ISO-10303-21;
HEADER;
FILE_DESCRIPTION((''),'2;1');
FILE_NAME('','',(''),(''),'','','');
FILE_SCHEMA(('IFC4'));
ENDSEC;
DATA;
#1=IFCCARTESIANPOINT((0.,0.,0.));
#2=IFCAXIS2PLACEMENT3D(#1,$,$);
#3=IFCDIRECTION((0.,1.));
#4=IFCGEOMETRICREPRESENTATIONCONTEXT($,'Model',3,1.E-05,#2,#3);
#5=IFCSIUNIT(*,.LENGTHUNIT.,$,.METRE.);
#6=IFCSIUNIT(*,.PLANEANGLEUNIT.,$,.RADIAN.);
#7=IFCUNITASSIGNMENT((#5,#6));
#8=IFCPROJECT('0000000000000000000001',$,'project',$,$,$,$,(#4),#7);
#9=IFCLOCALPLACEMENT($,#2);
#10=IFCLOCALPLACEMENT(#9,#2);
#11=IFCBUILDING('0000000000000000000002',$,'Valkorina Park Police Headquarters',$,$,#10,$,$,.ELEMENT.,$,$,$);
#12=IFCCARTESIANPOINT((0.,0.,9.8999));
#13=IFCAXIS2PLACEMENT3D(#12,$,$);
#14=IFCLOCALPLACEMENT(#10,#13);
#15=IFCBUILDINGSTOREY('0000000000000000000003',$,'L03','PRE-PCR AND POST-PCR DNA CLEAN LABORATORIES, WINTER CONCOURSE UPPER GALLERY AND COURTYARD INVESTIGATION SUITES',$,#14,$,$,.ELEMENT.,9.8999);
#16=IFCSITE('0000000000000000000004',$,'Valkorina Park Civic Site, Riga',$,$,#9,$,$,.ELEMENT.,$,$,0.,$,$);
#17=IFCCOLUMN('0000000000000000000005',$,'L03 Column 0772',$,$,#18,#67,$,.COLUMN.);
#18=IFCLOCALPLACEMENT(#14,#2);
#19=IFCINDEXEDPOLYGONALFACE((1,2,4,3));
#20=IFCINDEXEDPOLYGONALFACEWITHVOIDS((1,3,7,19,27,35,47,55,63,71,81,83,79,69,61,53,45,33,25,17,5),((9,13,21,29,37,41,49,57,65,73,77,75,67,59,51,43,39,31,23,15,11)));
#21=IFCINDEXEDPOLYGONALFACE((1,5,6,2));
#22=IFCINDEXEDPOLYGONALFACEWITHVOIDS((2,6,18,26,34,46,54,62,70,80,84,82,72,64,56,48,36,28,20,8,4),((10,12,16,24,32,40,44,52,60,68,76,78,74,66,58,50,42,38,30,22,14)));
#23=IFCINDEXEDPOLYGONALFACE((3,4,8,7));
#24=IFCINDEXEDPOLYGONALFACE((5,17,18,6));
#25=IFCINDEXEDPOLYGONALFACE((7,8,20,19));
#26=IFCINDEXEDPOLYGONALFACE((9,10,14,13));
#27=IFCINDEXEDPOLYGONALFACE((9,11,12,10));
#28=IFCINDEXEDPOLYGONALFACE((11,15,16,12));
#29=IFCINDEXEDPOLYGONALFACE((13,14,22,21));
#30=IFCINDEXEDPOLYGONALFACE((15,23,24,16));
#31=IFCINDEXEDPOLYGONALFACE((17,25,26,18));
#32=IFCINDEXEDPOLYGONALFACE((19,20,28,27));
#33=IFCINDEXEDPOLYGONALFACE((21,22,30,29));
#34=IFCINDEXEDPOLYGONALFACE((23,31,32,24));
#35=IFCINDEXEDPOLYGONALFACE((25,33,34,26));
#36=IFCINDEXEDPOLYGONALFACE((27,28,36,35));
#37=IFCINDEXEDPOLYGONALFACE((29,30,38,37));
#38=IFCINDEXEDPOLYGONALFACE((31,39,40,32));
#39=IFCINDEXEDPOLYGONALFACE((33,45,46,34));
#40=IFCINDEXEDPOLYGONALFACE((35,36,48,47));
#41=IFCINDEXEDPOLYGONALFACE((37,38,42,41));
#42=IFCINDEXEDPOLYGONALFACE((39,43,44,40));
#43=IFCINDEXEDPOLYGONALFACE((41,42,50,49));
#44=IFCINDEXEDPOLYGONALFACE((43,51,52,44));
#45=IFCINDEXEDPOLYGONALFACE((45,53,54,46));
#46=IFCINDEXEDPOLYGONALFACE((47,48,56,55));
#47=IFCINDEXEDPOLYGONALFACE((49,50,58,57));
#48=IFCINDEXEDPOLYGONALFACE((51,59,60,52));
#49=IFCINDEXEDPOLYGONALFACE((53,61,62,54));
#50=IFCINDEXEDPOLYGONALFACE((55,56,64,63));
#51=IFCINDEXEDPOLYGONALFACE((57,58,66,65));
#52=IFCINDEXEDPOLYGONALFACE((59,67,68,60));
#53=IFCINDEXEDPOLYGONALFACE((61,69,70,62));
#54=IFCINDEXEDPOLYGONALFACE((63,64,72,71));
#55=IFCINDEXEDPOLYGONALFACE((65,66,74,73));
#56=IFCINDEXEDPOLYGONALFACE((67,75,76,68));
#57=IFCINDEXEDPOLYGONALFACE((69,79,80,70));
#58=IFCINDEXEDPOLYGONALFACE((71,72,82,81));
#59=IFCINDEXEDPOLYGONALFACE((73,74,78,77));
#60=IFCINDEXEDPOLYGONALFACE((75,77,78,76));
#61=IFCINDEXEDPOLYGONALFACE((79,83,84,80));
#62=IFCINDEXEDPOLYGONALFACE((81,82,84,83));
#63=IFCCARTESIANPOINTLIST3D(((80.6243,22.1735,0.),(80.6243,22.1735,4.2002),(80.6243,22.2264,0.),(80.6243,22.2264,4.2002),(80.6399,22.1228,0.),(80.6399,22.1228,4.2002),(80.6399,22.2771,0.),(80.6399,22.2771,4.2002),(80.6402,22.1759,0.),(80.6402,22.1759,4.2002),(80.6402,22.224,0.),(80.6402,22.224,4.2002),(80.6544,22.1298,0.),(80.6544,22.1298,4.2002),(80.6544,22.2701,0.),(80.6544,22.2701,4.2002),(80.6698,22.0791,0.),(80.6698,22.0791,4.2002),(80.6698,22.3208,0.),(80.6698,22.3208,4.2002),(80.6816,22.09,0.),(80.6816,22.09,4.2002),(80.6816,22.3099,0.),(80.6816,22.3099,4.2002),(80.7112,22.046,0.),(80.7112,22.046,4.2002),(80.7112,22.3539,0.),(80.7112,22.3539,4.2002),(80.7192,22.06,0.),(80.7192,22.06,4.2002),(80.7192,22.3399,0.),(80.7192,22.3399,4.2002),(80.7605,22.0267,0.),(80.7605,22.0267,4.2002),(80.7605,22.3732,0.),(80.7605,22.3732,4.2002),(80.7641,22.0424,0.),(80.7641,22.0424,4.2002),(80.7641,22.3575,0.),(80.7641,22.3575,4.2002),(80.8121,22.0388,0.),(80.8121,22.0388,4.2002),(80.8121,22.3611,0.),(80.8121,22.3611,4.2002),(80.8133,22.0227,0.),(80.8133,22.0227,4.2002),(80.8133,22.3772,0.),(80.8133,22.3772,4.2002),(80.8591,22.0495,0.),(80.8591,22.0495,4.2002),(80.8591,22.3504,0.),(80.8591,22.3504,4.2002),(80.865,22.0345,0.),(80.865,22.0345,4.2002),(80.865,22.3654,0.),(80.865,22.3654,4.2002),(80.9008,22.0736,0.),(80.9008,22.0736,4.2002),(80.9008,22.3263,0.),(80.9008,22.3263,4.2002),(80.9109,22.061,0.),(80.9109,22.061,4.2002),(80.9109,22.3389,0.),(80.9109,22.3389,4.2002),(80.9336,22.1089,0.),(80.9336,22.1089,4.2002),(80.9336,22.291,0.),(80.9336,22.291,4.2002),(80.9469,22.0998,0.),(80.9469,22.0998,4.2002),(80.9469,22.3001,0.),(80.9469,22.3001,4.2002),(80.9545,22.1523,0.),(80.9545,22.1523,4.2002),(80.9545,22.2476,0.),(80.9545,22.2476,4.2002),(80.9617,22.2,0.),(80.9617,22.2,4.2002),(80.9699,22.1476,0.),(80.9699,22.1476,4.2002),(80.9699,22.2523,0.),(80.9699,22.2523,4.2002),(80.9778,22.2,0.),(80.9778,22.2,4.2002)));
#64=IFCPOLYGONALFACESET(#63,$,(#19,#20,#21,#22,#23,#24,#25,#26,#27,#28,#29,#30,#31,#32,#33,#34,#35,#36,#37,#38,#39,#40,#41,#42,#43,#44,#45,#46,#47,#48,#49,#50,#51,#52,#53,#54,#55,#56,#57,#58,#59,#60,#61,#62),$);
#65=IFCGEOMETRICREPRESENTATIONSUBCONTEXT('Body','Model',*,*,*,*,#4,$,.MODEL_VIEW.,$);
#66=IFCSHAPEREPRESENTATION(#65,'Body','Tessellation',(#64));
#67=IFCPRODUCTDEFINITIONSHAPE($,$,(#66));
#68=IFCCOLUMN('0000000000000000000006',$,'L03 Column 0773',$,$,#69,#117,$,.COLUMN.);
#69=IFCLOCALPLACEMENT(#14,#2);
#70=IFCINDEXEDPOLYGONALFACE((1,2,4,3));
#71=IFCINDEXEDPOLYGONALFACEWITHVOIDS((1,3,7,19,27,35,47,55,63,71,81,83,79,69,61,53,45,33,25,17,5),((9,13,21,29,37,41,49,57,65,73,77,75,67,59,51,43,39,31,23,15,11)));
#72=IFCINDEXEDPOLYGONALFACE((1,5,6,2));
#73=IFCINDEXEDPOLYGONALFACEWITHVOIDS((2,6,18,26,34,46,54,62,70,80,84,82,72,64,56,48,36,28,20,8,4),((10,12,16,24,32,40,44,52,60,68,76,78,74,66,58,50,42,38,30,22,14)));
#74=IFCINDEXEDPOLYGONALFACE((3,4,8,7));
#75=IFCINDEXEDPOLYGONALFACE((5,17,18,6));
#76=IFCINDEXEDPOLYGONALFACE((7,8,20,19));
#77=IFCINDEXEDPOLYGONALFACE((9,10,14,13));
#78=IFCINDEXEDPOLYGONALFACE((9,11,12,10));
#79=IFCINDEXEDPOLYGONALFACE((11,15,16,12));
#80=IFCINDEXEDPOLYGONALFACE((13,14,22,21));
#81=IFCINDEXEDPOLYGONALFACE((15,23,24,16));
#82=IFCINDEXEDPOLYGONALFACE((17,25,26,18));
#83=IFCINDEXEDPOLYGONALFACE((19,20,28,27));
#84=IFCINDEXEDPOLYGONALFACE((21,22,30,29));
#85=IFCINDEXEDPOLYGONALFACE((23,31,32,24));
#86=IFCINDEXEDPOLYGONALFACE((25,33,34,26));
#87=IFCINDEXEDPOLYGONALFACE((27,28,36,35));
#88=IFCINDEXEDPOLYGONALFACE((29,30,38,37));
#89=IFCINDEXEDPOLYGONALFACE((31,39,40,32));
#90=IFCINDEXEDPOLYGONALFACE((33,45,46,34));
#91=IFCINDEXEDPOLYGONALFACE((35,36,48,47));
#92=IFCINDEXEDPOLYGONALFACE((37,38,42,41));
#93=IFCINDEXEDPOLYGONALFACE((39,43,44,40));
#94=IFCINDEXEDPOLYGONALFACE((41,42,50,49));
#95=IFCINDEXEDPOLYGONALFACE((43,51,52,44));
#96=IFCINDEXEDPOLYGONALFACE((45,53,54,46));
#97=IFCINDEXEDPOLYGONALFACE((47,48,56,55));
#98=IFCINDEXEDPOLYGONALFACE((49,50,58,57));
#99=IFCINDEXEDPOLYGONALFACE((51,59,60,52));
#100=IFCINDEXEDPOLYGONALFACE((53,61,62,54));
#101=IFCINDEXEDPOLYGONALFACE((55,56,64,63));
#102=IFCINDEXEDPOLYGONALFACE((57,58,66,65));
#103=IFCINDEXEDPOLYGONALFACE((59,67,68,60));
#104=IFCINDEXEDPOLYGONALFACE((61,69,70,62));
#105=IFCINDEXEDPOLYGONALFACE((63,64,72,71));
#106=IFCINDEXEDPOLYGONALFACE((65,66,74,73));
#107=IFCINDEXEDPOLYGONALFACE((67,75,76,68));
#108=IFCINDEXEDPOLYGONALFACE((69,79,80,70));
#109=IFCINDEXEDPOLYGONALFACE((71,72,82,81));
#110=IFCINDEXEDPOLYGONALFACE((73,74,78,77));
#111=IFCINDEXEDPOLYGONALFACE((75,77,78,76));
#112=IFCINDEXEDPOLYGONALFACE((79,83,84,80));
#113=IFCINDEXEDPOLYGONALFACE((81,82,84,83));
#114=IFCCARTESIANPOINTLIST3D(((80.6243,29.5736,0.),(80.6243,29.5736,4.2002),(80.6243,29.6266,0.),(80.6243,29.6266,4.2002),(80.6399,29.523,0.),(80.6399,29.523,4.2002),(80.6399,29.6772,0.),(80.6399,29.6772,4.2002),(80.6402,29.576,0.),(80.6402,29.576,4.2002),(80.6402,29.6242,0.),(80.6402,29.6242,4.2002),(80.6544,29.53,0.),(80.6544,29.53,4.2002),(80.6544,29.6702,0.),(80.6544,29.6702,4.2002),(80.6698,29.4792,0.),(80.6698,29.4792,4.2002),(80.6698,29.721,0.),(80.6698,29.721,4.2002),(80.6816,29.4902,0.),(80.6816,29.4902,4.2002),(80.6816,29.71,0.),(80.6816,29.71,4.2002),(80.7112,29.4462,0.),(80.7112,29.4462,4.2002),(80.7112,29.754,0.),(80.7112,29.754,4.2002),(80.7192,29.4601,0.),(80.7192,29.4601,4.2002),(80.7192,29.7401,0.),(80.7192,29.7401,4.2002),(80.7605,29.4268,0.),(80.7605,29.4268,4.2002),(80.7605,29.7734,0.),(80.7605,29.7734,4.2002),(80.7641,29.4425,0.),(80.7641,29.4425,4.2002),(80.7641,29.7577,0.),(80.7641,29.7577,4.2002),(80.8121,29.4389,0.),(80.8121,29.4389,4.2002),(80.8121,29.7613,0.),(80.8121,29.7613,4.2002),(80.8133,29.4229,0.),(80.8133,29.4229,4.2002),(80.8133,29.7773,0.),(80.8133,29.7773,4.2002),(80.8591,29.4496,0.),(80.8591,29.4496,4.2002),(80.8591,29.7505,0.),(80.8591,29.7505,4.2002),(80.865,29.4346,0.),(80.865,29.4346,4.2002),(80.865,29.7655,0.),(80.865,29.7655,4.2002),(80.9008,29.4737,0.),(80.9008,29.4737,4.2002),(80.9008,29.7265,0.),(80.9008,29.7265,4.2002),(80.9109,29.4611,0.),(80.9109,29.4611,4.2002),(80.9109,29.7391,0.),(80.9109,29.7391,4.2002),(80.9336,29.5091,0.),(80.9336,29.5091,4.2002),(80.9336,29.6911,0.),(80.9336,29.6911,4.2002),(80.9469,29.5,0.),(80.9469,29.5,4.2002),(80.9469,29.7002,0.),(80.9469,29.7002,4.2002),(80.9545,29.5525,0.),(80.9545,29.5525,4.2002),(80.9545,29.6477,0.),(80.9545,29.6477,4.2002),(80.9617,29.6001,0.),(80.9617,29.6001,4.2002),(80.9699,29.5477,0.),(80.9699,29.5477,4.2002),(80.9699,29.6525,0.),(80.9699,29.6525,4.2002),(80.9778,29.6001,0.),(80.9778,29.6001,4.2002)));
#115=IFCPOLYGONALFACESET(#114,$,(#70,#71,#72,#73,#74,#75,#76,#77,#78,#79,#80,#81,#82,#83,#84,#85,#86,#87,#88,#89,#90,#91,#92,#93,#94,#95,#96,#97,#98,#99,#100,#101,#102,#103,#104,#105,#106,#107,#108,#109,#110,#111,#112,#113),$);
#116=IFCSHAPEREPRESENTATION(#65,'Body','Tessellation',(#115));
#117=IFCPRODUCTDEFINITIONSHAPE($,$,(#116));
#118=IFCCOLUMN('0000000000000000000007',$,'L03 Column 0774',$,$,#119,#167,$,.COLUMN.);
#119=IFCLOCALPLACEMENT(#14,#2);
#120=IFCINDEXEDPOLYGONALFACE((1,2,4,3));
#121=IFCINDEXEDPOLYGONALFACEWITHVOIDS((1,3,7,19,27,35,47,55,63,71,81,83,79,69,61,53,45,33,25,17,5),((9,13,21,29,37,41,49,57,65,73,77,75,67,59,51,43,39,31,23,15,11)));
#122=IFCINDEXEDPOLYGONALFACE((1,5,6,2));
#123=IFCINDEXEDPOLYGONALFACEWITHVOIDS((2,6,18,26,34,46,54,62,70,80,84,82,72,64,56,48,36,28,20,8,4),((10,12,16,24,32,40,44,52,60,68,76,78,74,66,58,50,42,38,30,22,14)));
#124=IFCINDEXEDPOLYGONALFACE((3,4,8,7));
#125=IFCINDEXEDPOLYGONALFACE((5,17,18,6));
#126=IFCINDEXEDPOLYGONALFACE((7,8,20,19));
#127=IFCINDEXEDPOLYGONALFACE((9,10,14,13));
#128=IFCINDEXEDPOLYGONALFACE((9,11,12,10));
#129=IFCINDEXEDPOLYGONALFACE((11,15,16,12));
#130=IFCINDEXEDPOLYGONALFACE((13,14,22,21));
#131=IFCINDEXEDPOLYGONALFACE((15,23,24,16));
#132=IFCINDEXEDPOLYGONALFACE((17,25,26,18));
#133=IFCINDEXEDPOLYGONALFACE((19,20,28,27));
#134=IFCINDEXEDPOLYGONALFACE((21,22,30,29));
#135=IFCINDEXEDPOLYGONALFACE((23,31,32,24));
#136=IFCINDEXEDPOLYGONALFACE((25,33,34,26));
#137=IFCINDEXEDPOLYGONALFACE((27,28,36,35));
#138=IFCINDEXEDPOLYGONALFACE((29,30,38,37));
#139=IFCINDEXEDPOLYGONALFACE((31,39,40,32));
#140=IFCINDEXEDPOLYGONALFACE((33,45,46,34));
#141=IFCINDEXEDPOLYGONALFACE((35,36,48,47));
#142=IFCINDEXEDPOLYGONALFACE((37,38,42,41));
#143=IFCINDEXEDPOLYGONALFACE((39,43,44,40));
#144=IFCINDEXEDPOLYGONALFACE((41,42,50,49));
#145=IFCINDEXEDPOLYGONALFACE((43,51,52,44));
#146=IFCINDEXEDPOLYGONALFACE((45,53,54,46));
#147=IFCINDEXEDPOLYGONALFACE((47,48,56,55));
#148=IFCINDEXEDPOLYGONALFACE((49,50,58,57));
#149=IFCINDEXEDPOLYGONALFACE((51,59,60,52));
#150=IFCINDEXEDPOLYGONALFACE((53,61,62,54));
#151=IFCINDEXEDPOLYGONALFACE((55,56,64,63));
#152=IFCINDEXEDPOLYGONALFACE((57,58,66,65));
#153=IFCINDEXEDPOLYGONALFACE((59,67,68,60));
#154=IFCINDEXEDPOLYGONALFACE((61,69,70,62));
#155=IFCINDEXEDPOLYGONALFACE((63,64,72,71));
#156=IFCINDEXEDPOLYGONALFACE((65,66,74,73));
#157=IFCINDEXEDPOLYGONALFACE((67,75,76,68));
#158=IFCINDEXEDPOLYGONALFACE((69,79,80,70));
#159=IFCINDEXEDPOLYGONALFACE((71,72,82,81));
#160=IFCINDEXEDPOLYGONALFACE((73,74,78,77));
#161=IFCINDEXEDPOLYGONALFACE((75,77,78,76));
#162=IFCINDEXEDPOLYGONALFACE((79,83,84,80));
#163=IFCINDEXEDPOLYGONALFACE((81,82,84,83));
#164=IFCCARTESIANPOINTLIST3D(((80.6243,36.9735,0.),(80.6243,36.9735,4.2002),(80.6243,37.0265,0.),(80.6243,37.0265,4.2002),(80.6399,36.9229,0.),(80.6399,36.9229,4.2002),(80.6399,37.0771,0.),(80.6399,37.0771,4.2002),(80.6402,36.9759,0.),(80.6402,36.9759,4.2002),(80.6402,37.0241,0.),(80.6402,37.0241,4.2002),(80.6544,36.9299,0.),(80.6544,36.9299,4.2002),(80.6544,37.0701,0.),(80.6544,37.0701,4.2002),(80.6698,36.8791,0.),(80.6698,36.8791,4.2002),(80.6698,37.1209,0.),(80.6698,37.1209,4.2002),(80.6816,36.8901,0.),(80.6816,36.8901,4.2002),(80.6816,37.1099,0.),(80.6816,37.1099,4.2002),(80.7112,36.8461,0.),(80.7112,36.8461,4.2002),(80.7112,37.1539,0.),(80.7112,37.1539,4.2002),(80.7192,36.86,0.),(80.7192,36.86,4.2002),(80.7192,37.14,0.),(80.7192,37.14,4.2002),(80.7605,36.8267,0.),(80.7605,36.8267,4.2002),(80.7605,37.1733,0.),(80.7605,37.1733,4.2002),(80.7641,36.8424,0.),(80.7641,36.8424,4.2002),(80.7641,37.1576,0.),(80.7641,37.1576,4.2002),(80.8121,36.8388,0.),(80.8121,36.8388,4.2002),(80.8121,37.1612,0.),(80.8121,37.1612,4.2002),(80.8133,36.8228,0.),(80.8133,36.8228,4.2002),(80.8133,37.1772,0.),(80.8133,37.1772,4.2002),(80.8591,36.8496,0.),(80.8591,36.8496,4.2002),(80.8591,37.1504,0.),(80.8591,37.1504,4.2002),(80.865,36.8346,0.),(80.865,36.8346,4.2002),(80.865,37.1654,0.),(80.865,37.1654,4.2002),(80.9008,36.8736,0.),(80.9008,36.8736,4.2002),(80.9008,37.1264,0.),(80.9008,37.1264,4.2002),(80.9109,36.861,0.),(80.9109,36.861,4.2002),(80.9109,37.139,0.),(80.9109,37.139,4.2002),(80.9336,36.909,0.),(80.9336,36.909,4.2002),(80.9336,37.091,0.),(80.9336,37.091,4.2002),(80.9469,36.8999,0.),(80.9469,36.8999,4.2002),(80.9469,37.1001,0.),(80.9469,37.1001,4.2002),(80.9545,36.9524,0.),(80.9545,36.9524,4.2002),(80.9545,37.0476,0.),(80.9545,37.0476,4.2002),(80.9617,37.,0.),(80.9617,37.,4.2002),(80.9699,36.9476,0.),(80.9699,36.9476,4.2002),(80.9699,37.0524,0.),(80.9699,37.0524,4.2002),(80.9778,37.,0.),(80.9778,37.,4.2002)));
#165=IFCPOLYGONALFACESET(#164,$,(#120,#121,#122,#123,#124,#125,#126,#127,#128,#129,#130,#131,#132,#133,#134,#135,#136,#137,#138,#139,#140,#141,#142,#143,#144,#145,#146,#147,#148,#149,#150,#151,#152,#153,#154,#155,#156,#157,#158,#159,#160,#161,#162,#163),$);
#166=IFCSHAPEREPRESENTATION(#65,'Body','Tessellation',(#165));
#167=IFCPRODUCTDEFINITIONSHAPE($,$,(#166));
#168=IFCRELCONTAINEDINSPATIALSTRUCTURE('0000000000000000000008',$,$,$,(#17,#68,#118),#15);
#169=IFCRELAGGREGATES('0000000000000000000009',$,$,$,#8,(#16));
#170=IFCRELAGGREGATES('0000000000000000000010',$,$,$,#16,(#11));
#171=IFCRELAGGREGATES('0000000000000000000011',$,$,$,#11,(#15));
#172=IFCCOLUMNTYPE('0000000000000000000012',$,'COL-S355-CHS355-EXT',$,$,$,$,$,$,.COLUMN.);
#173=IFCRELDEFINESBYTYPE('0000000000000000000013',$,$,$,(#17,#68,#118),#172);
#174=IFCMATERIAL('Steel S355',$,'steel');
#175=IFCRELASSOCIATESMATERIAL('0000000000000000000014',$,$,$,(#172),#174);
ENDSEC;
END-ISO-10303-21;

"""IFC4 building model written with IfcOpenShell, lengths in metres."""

from ifc_helpers import new_model, si_unit, direction, frame, origin, origin_2d, place, context, subcontext, project, spatial, hollow_circle, extrude, material, material_profile, profile_set, type_object, element, save


model = new_model("IFC4")

# Units and contexts
model_context = context("Model", 3, precision=1e-05, world=origin(), true_north=direction((0.0, 1.0)))
body_context = subcontext(model_context, "Body", "Model", "MODEL_VIEW")
ifc_project = project(units=[si_unit("LENGTHUNIT", "METRE"), si_unit("PLANEANGLEUNIT", "RADIAN")], contexts=[model_context])

# Site, building, storey
site_placement = place(None, origin())
site = spatial("IfcSite", under=ifc_project, at=site_placement, Name="Valkorina Park Civic Site, Riga", CompositionType="ELEMENT", RefElevation=0.0)
building_placement = place(site_placement, origin())
building = spatial("IfcBuilding", under=site, at=building_placement, Name="Valkorina Park Police Headquarters", CompositionType="ELEMENT")
storey_placement = place(building_placement, frame((0.0, 0.0, 9.8999)))
storey = spatial("IfcBuildingStorey", under=building, at=storey_placement, Name="L03", Description="PRE-PCR AND POST-PCR DNA CLEAN LABORATORIES, WINTER CONCOURSE UPPER GALLERY AND COURTYARD INVESTIGATION SUITES", CompositionType="ELEMENT", Elevation=9.8999)

# Columns
ifc_material_1 = material(Name="Steel S355", Category="steel")
ifc_material_profile_1 = material_profile(ifc_material_1, hollow_circle(Radius=0.1777, WallThickness=0.0161, at=origin_2d()), Name="CHS 355.6x16")
ifc_profile_set_1 = profile_set([ifc_material_profile_1], Name="Steel S355")
column_type = type_object("IfcColumnType", Name="COL-S355-CHS355-EXT", PredefinedType="COLUMN", material=ifc_profile_set_1)
for number, where, z_axis, x_axis, name in (
    (1, (80.8, 22.2, 0.0), (0.0, 0.0, 1.0), (1.0, 0.0, 0.0), "L03 Column 0772"),
    (2, (80.8, 29.6001, 0.0), (0.0, 0.0, 1.0), (1.0, 0.0, 0.0), "L03 Column 0773"),
    (3, (80.8, 37.0, 0.0), (0.0, 0.0, 1.0), (1.0, 0.0, 0.0), "L03 Column 0774"),
):
    element("IfcColumn", number, at=place(storey_placement, frame(where, z_axis=z_axis, x_axis=x_axis)), inside=storey, type_object=column_type, Name=name, PredefinedType="COLUMN", context=body_context, shape_type="SweptSolid", body=[
        extrude(hollow_circle(Radius=0.1777, WallThickness=0.0161, at=origin_2d()), origin(), (0.0, 0.0, 1.0), 4.2002),
    ])

save(model, "model.ifc")
